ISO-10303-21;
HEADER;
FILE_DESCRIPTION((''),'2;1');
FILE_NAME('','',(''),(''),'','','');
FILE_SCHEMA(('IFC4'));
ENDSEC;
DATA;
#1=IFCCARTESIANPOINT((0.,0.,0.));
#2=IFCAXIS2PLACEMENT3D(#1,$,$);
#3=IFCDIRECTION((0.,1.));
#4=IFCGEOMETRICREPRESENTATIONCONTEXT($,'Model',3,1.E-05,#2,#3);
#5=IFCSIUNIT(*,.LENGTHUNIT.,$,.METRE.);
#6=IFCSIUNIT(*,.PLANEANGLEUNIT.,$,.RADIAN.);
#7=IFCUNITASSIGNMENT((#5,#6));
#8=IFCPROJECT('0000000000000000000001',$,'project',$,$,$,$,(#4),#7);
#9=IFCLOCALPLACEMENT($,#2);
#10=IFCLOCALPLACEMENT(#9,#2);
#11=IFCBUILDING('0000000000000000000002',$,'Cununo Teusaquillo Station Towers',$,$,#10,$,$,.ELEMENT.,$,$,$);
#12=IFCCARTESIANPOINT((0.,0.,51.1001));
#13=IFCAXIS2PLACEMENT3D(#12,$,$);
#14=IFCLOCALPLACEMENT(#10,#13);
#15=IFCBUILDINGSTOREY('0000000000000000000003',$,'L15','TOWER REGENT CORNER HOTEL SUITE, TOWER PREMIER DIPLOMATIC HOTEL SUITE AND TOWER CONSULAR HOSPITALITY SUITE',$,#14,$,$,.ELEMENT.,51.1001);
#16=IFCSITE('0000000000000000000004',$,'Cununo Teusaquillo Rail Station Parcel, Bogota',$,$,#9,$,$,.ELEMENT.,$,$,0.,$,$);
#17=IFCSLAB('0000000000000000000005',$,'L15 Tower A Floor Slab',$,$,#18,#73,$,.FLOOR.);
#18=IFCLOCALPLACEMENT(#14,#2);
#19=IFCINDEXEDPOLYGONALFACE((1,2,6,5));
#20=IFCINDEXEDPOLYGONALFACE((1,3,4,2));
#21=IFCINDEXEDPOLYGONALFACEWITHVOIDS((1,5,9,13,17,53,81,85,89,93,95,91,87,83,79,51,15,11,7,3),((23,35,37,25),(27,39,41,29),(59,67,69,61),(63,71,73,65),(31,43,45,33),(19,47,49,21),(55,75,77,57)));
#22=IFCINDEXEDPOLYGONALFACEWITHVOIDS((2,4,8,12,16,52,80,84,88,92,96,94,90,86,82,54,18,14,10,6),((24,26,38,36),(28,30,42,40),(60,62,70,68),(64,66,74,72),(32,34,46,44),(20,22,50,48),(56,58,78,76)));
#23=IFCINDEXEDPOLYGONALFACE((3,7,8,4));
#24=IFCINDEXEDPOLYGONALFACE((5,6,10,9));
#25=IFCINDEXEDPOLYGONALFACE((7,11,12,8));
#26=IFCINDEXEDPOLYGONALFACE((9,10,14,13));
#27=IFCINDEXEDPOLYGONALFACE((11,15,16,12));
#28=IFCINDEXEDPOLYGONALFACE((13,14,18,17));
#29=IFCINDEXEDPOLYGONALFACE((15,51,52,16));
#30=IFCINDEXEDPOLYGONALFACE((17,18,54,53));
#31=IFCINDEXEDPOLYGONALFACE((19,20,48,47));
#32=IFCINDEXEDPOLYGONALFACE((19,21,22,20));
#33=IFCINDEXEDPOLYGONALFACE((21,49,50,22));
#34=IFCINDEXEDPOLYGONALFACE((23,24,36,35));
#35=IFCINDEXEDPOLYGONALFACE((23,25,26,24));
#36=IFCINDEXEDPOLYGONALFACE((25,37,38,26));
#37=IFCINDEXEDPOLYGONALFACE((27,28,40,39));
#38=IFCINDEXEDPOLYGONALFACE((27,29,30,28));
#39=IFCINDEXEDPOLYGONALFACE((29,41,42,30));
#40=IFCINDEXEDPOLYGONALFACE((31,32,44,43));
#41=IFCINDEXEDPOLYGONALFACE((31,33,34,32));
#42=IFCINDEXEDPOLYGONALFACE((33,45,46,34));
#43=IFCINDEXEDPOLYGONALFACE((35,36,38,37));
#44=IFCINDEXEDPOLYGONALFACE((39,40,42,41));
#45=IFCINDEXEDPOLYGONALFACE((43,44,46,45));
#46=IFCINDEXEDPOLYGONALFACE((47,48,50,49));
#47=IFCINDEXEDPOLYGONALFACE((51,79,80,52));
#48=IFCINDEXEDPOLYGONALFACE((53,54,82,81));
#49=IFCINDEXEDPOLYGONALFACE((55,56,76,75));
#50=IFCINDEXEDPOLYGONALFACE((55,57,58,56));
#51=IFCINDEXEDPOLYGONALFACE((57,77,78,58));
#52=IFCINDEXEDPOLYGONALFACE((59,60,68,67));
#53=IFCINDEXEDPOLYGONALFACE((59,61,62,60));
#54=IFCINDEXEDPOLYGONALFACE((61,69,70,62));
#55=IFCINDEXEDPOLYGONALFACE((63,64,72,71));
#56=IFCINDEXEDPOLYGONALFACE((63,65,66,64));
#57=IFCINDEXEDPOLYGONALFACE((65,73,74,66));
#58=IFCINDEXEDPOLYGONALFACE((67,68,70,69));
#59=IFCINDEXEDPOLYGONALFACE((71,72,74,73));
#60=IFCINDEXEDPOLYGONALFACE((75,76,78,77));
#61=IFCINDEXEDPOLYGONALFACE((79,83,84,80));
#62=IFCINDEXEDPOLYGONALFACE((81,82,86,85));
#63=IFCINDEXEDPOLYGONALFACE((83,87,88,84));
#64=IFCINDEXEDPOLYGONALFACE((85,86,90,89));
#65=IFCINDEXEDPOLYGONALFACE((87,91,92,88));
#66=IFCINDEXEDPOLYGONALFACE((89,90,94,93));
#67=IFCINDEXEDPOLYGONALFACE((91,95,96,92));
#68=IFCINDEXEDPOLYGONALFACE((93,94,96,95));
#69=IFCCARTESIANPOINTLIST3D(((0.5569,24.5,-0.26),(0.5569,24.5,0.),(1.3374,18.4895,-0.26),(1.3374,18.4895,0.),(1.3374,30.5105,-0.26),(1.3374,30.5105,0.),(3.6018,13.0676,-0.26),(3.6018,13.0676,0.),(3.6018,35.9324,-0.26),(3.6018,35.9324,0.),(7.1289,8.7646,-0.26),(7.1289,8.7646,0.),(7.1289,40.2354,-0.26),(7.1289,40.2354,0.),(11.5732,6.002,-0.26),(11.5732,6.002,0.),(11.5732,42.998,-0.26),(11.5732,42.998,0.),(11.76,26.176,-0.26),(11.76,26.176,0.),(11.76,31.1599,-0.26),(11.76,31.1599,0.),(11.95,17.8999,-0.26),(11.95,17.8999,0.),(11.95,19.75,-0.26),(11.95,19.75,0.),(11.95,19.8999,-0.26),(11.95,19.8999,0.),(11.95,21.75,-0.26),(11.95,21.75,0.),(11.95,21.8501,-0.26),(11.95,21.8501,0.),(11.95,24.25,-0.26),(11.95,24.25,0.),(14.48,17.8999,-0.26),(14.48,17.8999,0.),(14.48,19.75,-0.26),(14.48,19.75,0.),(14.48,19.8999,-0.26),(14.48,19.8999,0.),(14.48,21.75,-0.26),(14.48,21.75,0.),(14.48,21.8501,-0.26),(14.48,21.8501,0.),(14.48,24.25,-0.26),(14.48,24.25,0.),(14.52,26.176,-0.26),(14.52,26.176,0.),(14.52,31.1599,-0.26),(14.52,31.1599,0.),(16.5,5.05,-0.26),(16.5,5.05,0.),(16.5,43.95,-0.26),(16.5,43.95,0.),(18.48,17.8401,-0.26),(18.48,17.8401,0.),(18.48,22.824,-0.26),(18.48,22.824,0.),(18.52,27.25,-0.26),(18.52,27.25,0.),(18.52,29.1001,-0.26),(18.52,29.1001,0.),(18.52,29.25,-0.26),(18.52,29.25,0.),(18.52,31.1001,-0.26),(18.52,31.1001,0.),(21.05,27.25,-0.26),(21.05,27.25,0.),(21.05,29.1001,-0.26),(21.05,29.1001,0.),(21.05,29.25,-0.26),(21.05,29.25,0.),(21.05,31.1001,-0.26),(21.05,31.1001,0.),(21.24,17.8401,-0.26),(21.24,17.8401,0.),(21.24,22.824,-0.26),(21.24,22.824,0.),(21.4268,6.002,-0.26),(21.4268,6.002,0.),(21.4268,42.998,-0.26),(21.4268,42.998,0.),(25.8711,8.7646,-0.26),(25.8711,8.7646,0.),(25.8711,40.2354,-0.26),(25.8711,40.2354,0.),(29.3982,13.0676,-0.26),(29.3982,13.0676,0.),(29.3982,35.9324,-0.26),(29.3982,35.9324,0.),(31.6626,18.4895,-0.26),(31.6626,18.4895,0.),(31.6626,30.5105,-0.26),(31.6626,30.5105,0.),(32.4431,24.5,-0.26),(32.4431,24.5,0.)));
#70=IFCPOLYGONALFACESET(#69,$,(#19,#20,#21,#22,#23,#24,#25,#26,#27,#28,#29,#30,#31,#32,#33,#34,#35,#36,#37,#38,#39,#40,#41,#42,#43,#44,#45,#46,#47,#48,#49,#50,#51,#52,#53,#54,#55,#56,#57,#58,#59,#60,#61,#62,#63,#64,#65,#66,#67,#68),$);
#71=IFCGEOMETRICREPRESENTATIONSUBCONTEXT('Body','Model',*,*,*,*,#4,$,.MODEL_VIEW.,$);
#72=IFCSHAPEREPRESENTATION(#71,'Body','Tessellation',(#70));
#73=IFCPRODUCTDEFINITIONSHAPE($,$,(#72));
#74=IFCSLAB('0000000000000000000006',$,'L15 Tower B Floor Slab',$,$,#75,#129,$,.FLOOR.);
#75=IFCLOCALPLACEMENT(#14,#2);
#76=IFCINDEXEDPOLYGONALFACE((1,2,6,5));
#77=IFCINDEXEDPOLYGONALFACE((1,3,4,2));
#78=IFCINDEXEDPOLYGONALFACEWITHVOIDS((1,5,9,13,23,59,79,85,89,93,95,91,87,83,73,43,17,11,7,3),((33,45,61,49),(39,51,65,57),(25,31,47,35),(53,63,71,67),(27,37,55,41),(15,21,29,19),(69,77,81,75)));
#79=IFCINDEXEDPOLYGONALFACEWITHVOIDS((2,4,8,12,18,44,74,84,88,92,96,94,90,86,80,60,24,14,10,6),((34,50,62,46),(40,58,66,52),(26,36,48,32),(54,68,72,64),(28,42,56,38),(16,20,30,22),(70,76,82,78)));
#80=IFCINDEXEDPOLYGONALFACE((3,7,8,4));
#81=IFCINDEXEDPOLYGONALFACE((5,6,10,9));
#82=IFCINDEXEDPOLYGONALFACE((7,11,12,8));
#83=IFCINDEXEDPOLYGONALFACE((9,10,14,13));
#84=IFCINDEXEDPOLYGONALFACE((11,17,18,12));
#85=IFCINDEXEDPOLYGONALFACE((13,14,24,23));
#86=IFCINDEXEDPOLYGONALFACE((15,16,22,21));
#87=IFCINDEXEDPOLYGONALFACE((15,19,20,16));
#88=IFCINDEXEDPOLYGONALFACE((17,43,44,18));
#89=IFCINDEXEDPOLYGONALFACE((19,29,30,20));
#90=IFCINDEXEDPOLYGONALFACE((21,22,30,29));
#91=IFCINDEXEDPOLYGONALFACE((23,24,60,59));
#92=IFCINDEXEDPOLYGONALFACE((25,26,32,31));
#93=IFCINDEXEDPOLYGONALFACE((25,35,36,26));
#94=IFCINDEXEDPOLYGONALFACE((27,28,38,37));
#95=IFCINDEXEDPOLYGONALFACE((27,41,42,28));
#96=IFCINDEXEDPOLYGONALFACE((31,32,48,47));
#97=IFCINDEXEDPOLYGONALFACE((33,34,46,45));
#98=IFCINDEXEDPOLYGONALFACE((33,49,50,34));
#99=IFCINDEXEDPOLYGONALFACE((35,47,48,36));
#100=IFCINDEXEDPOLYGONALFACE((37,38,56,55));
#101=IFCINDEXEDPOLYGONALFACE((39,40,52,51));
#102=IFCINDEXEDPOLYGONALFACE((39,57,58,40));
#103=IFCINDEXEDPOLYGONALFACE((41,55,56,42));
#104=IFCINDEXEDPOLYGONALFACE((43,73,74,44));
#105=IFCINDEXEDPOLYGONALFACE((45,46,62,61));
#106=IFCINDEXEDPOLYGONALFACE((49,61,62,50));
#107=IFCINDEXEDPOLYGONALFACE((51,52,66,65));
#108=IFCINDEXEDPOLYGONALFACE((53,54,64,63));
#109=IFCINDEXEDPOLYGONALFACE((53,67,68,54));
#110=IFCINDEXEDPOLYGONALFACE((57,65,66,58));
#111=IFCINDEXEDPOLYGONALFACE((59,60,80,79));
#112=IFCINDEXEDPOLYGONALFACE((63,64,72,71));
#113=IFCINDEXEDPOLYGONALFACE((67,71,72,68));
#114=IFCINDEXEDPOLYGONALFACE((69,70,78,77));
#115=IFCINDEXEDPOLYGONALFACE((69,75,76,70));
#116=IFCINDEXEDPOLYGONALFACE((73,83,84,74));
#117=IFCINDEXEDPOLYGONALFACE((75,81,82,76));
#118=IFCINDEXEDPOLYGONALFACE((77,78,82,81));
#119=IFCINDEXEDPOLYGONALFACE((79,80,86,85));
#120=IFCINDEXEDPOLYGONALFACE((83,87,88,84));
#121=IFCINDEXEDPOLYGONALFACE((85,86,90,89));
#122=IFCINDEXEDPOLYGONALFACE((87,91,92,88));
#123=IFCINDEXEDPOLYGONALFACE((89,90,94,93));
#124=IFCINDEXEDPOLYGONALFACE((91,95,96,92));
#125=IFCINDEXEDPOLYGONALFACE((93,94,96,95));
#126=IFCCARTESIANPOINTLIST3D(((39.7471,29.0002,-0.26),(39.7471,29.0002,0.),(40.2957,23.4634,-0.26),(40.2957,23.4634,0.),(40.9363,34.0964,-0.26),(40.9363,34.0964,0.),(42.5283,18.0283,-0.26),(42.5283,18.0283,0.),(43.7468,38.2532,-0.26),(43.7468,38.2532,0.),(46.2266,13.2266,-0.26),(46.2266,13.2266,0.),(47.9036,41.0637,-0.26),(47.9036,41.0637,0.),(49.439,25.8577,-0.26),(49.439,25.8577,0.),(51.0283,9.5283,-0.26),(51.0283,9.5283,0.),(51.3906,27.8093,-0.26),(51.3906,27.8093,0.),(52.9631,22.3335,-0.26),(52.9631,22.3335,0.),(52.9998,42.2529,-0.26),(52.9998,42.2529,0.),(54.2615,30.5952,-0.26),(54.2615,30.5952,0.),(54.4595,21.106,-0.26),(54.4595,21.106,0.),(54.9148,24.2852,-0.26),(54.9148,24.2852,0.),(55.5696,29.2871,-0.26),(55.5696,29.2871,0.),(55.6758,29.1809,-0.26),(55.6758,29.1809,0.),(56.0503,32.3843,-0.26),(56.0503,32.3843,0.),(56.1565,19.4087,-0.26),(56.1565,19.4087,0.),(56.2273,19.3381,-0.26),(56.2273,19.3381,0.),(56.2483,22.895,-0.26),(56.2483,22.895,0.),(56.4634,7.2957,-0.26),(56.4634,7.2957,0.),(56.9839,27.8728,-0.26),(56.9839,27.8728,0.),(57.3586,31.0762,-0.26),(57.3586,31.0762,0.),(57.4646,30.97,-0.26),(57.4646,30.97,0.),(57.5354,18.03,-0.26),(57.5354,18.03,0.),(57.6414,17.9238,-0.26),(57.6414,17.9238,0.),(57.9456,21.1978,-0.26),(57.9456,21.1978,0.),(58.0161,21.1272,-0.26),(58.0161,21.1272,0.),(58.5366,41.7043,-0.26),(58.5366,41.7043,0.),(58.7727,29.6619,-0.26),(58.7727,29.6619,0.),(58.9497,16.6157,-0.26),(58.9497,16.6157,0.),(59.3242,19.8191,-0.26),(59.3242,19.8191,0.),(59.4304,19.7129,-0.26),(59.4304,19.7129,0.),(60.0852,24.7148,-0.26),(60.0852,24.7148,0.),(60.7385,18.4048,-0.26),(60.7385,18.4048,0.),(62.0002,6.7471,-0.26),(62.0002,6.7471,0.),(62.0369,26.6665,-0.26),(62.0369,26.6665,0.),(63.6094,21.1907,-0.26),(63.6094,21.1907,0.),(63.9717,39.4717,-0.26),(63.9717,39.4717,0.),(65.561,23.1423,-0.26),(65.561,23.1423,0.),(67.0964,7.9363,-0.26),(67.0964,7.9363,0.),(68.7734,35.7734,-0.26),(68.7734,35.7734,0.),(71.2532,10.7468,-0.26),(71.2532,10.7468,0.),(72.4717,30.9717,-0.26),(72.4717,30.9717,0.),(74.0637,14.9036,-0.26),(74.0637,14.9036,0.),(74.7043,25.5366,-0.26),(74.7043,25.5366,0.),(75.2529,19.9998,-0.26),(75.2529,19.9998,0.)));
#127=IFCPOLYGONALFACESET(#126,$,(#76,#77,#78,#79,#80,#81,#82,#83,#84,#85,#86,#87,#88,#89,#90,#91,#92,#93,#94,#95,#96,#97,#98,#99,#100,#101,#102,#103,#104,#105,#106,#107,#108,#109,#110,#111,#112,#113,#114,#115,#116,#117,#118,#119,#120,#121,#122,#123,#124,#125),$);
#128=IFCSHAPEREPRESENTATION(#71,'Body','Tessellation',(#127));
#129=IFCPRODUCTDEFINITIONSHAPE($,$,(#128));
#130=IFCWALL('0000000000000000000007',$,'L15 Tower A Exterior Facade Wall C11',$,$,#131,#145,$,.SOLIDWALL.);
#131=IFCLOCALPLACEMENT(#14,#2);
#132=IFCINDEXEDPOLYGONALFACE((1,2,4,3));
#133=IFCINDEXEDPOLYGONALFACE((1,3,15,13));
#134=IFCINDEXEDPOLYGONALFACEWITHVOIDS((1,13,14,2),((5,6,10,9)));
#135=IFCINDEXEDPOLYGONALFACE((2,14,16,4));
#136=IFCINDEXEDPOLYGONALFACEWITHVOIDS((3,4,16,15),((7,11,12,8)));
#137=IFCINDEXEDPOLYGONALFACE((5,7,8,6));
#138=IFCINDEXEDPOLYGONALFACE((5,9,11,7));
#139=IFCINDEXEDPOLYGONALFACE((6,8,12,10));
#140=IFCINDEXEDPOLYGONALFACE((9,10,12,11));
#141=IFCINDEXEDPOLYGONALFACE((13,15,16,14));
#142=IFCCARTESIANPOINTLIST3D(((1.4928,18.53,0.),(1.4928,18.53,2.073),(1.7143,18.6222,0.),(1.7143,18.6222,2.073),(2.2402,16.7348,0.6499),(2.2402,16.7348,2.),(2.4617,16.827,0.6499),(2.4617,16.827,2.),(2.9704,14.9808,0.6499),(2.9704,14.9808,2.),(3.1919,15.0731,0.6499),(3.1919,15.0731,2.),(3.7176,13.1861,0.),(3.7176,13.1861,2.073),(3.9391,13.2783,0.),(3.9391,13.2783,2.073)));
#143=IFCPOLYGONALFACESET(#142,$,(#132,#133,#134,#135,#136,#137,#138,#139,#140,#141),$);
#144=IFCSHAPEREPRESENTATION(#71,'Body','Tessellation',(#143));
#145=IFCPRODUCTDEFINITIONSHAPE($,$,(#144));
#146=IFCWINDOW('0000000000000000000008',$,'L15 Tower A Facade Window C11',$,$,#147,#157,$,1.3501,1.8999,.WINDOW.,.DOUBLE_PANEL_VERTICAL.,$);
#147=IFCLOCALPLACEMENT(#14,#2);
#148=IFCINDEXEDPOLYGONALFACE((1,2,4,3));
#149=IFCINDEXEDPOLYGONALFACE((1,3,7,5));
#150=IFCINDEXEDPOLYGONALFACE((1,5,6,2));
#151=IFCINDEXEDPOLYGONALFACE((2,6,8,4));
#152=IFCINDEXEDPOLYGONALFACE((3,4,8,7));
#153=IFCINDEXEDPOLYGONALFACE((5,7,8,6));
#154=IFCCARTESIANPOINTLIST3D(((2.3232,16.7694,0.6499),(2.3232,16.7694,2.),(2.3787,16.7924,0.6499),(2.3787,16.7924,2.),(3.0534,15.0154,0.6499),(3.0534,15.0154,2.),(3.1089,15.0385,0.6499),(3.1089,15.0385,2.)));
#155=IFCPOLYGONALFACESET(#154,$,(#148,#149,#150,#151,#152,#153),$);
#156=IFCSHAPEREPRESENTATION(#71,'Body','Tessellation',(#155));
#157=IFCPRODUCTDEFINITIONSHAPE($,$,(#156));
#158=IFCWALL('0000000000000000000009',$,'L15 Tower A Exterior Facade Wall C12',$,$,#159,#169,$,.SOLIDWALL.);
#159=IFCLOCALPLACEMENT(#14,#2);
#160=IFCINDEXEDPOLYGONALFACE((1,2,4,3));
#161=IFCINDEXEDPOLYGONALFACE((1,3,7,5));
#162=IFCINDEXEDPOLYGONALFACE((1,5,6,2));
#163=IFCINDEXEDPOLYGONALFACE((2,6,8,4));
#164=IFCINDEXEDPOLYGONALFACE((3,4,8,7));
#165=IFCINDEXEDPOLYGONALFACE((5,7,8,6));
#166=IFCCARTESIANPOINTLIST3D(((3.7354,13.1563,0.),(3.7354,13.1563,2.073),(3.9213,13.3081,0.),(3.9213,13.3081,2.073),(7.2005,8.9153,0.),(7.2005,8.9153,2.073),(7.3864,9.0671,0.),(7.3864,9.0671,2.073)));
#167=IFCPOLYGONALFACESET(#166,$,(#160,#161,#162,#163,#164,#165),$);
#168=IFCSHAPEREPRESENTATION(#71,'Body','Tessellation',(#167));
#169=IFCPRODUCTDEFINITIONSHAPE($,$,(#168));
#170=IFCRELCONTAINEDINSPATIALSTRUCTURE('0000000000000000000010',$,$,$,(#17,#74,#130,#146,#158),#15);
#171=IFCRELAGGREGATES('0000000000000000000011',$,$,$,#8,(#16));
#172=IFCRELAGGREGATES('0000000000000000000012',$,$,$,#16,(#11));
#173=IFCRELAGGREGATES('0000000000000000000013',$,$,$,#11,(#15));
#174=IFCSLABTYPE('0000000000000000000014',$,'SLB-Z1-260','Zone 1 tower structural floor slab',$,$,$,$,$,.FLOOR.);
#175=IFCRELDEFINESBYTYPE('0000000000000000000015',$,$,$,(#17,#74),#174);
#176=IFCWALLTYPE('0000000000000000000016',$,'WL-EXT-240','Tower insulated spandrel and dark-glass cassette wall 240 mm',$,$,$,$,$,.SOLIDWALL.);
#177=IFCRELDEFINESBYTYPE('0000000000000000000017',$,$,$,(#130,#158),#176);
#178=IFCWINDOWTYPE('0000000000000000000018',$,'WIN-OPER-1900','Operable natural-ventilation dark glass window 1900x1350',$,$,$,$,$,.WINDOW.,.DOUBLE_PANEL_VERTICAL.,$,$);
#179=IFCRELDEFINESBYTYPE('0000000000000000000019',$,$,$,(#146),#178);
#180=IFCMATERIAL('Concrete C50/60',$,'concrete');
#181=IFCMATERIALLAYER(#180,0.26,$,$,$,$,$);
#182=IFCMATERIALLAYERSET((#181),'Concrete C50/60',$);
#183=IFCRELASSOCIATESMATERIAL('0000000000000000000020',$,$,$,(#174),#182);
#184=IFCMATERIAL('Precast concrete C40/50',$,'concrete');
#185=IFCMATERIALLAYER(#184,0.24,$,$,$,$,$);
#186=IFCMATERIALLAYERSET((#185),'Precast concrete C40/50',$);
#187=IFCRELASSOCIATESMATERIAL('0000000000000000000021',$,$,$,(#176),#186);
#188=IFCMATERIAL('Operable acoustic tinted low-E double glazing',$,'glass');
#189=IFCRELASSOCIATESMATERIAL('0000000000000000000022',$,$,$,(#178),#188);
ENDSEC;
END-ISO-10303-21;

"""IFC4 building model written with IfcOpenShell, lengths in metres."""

from ifc_helpers import new_model, si_unit, direction, frame, frame_2d, origin, place, context, subcontext, project, spatial, polyline, rectangle, outline, extrude, source, transform, mapped, material, layer, layer_set, type_object, element, fill, save


model = new_model("IFC4")

# Units and contexts
model_context = context("Model", 3, precision=1e-05, world=origin(), true_north=direction((0.0, 1.0)))
body_context = subcontext(model_context, "Body", "Model", "MODEL_VIEW")
ifc_project = project(units=[si_unit("LENGTHUNIT", "METRE"), si_unit("PLANEANGLEUNIT", "RADIAN")], contexts=[model_context])

# Site, building, storey
site_placement = place(None, origin())
site = spatial("IfcSite", under=ifc_project, at=site_placement, Name="Cununo Teusaquillo Rail Station Parcel, Bogota", CompositionType="ELEMENT", RefElevation=0.0)
building_placement = place(site_placement, origin())
building = spatial("IfcBuilding", under=site, at=building_placement, Name="Cununo Teusaquillo Station Towers", CompositionType="ELEMENT")
storey_placement = place(building_placement, frame((0.0, 0.0, 51.1001)))
storey = spatial("IfcBuildingStorey", under=building, at=storey_placement, Name="L15", Description="TOWER REGENT CORNER HOTEL SUITE, TOWER PREMIER DIPLOMATIC HOTEL SUITE AND TOWER CONSULAR HOSPITALITY SUITE", CompositionType="ELEMENT", Elevation=51.1001)

# Slabs
ifc_material_1 = material(Name="Concrete C50/60", Category="concrete")
ifc_layer_1 = layer(ifc_material_1, 0.26)
ifc_layer_set_1 = layer_set([ifc_layer_1], Name="Concrete C50/60")
slab_type_1 = type_object("IfcSlabType", Name="SLB-Z1-260", Description="Zone 1 tower structural floor slab", PredefinedType="FLOOR", material=ifc_layer_set_1)
slab_1_placement = place(storey_placement, frame((0.0, 0.0, -0.26)))
element("IfcSlab", 1, at=slab_1_placement, inside=storey, type_object=slab_type_1, Name="L15 Tower A Floor Slab", PredefinedType="FLOOR", context=body_context, shape_type="SweptSolid", body=[
    extrude(outline(polyline([(32.4431, 24.5), (31.6626, 30.5105), (29.3982, 35.9324), (25.8711, 40.2354), (21.4268, 42.998), (16.5, 43.95), (11.5732, 42.998), (7.1289, 40.2354), (3.6018, 35.9324), (1.3374, 30.5105), (0.5569, 24.5), (1.3374, 18.4895), (3.6018, 13.0676), (7.1289, 8.7646), (11.5732, 6.002), (16.5, 5.05), (21.4268, 6.002), (25.8711, 8.7646), (29.3982, 13.0676), (31.6626, 18.4895), (32.4431, 24.5)]), holes=[polyline([(14.52, 26.176), (14.52, 31.1599), (11.76, 31.1599), (11.76, 26.176), (14.52, 26.176)]), polyline([(18.48, 22.824), (18.48, 17.8401), (21.24, 17.8401), (21.24, 22.824), (18.48, 22.824)]), polyline([(11.95, 21.8501), (14.48, 21.8501), (14.48, 24.25), (11.95, 24.25), (11.95, 21.8501)]), polyline([(11.95, 17.8999), (14.48, 17.8999), (14.48, 19.75), (11.95, 19.75), (11.95, 17.8999)]), polyline([(11.95, 19.8999), (14.48, 19.8999), (14.48, 21.75), (11.95, 21.75), (11.95, 19.8999)]), polyline([(18.52, 27.25), (21.05, 27.25), (21.05, 29.1001), (18.52, 29.1001), (18.52, 27.25)]), polyline([(18.52, 29.25), (21.05, 29.25), (21.05, 31.1001), (18.52, 31.1001), (18.52, 29.25)])]), origin(), (0.0, 0.0, 1.0), 0.26),
])
slab_2_placement = place(storey_placement, frame((0.0, 0.0, -0.26)))
element("IfcSlab", 2, at=slab_2_placement, inside=storey, type_object=slab_type_1, Name="L15 Tower B Floor Slab", PredefinedType="FLOOR", context=body_context, shape_type="SweptSolid", body=[
    extrude(outline(polyline([(68.7734, 35.7734), (63.9717, 39.4717), (58.5366, 41.7043), (52.9998, 42.2529), (47.9036, 41.0637), (43.7468, 38.2532), (40.9363, 34.0964), (39.7471, 29.0002), (40.2957, 23.4634), (42.5283, 18.0283), (46.2266, 13.2266), (51.0283, 9.5283), (56.4634, 7.2957), (62.0002, 6.7471), (67.0964, 7.9363), (71.2532, 10.7468), (74.0637, 14.9036), (75.2529, 19.9998), (74.7043, 25.5366), (72.4717, 30.9717), (68.7734, 35.7734)]), holes=[polyline([(54.9148, 24.2852), (51.3906, 27.8093), (49.439, 25.8577), (52.9631, 22.3335), (54.9148, 24.2852)]), polyline([(60.0852, 24.7148), (63.6094, 21.1907), (65.561, 23.1423), (62.0369, 26.6665), (60.0852, 24.7148)]), polyline([(56.1565, 19.4087), (57.9456, 21.1978), (56.2483, 22.895), (54.4595, 21.106), (56.1565, 19.4087)]), polyline([(58.9497, 16.6157), (60.7385, 18.4048), (59.4304, 19.7129), (57.6414, 17.9238), (58.9497, 16.6157)]), polyline([(57.5354, 18.03), (59.3242, 19.8191), (58.0161, 21.1272), (56.2273, 19.3381), (57.5354, 18.03)]), polyline([(56.9839, 27.8728), (58.7727, 29.6619), (57.4646, 30.97), (55.6758, 29.1809), (56.9839, 27.8728)]), polyline([(55.5696, 29.2871), (57.3586, 31.0762), (56.0503, 32.3843), (54.2615, 30.5952), (55.5696, 29.2871)])]), origin(), (0.0, 0.0, 1.0), 0.26),
])

# Wall, opening, window
ifc_material_2 = material(Name="Precast concrete C40/50", Category="concrete")
ifc_layer_2 = layer(ifc_material_2, 0.24)
ifc_layer_set_2 = layer_set([ifc_layer_2], Name="Precast concrete C40/50")
wall_type_1 = type_object("IfcWallType", Name="WL-EXT-240", Description="Tower insulated spandrel and dark-glass cassette wall 240 mm", PredefinedType="SOLIDWALL", material=ifc_layer_set_2)
wall_1_placement = place(storey_placement, frame((3.8284, 13.2322, 0.0), z_axis=(0.0, 0.0, 1.0), x_axis=(-0.384349, 0.923188, 0.0)))
wall_1 = element("IfcWall", 3, at=wall_1_placement, inside=storey, type_object=wall_type_1, Name="L15 Tower A Exterior Facade Wall C11", PredefinedType="SOLIDWALL", context=body_context, shape_type="SweptSolid", body=[
    extrude(rectangle(XDim=5.7886, YDim=0.24, at=frame_2d((2.8943, 0.0))), origin(), (0.0, 0.0, 1.0), 2.073),
])
shared_shape_1 = source(origin(), body_context, "Body", "SweptSolid", [
    extrude(rectangle(XDim=1.8999, YDim=1.3501, at=frame_2d((0.95, 0.675))), frame((0.0, 0.1299, 0.0), z_axis=(0.0, -1.0, 0.0), x_axis=(1.0, 0.0, 0.0)), (0.0, 0.0, 1.0), 0.26),
])
opening_1_placement = place(wall_1_placement, frame((1.9441, 0.0, 0.6499)))
opening_1 = element("IfcOpeningElement", 4, at=opening_1_placement, cuts=wall_1, PredefinedType="OPENING", context=body_context, shape_type="MappedRepresentation", body=[
    mapped(shared_shape_1, transform((0.0, 0.0, 0.0), x_axis=(1.0, 0.0, 0.0), y_axis=(0.0, 1.0, 0.0), z_axis=(0.0, 0.0, 1.0), scale=1.0)),
])
ifc_material_3 = material(Name="Operable acoustic tinted low-E double glazing", Category="glass")
window_type = type_object("IfcWindowType", Name="WIN-OPER-1900", Description="Operable natural-ventilation dark glass window 1900x1350", PartitioningType="DOUBLE_PANEL_VERTICAL", PredefinedType="WINDOW", material=ifc_material_3)
shared_shape_2 = source(origin(), body_context, "Body", "SweptSolid", [
    extrude(rectangle(XDim=1.8999, YDim=1.3501, at=frame_2d((0.95, 0.675))), frame((0.0, 0.03, 0.0), z_axis=(0.0, -1.0, 0.0), x_axis=(1.0, 0.0, 0.0)), (0.0, 0.0, 1.0), 0.0601),
])
window_1_placement = place(opening_1_placement, origin())
window_1 = element("IfcWindow", 5, at=window_1_placement, inside=storey, type_object=window_type, Name="L15 Tower A Facade Window C11", OverallHeight=1.3501, OverallWidth=1.8999, PartitioningType="DOUBLE_PANEL_VERTICAL", PredefinedType="WINDOW", context=body_context, shape_type="MappedRepresentation", body=[
    mapped(shared_shape_2, transform((0.0, 0.0, 0.0), x_axis=(1.0, 0.0, 0.0), y_axis=(0.0, 1.0, 0.0), z_axis=(0.0, 0.0, 1.0), scale=1.0)),
])
fill(opening_1, window_1)

# Wall
wall_2_placement = place(storey_placement, frame((7.2935, 8.9912, 0.0), z_axis=(0.0, 0.0, 1.0), x_axis=(-0.632713, 0.774386, 0.0)))
element("IfcWall", 6, at=wall_2_placement, inside=storey, type_object=wall_type_1, Name="L15 Tower A Exterior Facade Wall C12", PredefinedType="SOLIDWALL", context=body_context, shape_type="SweptSolid", body=[
    extrude(rectangle(XDim=5.4766, YDim=0.24, at=frame_2d((2.7383, 0.0))), origin(), (0.0, 0.0, 1.0), 2.073),
])

save(model, "model.ifc")
